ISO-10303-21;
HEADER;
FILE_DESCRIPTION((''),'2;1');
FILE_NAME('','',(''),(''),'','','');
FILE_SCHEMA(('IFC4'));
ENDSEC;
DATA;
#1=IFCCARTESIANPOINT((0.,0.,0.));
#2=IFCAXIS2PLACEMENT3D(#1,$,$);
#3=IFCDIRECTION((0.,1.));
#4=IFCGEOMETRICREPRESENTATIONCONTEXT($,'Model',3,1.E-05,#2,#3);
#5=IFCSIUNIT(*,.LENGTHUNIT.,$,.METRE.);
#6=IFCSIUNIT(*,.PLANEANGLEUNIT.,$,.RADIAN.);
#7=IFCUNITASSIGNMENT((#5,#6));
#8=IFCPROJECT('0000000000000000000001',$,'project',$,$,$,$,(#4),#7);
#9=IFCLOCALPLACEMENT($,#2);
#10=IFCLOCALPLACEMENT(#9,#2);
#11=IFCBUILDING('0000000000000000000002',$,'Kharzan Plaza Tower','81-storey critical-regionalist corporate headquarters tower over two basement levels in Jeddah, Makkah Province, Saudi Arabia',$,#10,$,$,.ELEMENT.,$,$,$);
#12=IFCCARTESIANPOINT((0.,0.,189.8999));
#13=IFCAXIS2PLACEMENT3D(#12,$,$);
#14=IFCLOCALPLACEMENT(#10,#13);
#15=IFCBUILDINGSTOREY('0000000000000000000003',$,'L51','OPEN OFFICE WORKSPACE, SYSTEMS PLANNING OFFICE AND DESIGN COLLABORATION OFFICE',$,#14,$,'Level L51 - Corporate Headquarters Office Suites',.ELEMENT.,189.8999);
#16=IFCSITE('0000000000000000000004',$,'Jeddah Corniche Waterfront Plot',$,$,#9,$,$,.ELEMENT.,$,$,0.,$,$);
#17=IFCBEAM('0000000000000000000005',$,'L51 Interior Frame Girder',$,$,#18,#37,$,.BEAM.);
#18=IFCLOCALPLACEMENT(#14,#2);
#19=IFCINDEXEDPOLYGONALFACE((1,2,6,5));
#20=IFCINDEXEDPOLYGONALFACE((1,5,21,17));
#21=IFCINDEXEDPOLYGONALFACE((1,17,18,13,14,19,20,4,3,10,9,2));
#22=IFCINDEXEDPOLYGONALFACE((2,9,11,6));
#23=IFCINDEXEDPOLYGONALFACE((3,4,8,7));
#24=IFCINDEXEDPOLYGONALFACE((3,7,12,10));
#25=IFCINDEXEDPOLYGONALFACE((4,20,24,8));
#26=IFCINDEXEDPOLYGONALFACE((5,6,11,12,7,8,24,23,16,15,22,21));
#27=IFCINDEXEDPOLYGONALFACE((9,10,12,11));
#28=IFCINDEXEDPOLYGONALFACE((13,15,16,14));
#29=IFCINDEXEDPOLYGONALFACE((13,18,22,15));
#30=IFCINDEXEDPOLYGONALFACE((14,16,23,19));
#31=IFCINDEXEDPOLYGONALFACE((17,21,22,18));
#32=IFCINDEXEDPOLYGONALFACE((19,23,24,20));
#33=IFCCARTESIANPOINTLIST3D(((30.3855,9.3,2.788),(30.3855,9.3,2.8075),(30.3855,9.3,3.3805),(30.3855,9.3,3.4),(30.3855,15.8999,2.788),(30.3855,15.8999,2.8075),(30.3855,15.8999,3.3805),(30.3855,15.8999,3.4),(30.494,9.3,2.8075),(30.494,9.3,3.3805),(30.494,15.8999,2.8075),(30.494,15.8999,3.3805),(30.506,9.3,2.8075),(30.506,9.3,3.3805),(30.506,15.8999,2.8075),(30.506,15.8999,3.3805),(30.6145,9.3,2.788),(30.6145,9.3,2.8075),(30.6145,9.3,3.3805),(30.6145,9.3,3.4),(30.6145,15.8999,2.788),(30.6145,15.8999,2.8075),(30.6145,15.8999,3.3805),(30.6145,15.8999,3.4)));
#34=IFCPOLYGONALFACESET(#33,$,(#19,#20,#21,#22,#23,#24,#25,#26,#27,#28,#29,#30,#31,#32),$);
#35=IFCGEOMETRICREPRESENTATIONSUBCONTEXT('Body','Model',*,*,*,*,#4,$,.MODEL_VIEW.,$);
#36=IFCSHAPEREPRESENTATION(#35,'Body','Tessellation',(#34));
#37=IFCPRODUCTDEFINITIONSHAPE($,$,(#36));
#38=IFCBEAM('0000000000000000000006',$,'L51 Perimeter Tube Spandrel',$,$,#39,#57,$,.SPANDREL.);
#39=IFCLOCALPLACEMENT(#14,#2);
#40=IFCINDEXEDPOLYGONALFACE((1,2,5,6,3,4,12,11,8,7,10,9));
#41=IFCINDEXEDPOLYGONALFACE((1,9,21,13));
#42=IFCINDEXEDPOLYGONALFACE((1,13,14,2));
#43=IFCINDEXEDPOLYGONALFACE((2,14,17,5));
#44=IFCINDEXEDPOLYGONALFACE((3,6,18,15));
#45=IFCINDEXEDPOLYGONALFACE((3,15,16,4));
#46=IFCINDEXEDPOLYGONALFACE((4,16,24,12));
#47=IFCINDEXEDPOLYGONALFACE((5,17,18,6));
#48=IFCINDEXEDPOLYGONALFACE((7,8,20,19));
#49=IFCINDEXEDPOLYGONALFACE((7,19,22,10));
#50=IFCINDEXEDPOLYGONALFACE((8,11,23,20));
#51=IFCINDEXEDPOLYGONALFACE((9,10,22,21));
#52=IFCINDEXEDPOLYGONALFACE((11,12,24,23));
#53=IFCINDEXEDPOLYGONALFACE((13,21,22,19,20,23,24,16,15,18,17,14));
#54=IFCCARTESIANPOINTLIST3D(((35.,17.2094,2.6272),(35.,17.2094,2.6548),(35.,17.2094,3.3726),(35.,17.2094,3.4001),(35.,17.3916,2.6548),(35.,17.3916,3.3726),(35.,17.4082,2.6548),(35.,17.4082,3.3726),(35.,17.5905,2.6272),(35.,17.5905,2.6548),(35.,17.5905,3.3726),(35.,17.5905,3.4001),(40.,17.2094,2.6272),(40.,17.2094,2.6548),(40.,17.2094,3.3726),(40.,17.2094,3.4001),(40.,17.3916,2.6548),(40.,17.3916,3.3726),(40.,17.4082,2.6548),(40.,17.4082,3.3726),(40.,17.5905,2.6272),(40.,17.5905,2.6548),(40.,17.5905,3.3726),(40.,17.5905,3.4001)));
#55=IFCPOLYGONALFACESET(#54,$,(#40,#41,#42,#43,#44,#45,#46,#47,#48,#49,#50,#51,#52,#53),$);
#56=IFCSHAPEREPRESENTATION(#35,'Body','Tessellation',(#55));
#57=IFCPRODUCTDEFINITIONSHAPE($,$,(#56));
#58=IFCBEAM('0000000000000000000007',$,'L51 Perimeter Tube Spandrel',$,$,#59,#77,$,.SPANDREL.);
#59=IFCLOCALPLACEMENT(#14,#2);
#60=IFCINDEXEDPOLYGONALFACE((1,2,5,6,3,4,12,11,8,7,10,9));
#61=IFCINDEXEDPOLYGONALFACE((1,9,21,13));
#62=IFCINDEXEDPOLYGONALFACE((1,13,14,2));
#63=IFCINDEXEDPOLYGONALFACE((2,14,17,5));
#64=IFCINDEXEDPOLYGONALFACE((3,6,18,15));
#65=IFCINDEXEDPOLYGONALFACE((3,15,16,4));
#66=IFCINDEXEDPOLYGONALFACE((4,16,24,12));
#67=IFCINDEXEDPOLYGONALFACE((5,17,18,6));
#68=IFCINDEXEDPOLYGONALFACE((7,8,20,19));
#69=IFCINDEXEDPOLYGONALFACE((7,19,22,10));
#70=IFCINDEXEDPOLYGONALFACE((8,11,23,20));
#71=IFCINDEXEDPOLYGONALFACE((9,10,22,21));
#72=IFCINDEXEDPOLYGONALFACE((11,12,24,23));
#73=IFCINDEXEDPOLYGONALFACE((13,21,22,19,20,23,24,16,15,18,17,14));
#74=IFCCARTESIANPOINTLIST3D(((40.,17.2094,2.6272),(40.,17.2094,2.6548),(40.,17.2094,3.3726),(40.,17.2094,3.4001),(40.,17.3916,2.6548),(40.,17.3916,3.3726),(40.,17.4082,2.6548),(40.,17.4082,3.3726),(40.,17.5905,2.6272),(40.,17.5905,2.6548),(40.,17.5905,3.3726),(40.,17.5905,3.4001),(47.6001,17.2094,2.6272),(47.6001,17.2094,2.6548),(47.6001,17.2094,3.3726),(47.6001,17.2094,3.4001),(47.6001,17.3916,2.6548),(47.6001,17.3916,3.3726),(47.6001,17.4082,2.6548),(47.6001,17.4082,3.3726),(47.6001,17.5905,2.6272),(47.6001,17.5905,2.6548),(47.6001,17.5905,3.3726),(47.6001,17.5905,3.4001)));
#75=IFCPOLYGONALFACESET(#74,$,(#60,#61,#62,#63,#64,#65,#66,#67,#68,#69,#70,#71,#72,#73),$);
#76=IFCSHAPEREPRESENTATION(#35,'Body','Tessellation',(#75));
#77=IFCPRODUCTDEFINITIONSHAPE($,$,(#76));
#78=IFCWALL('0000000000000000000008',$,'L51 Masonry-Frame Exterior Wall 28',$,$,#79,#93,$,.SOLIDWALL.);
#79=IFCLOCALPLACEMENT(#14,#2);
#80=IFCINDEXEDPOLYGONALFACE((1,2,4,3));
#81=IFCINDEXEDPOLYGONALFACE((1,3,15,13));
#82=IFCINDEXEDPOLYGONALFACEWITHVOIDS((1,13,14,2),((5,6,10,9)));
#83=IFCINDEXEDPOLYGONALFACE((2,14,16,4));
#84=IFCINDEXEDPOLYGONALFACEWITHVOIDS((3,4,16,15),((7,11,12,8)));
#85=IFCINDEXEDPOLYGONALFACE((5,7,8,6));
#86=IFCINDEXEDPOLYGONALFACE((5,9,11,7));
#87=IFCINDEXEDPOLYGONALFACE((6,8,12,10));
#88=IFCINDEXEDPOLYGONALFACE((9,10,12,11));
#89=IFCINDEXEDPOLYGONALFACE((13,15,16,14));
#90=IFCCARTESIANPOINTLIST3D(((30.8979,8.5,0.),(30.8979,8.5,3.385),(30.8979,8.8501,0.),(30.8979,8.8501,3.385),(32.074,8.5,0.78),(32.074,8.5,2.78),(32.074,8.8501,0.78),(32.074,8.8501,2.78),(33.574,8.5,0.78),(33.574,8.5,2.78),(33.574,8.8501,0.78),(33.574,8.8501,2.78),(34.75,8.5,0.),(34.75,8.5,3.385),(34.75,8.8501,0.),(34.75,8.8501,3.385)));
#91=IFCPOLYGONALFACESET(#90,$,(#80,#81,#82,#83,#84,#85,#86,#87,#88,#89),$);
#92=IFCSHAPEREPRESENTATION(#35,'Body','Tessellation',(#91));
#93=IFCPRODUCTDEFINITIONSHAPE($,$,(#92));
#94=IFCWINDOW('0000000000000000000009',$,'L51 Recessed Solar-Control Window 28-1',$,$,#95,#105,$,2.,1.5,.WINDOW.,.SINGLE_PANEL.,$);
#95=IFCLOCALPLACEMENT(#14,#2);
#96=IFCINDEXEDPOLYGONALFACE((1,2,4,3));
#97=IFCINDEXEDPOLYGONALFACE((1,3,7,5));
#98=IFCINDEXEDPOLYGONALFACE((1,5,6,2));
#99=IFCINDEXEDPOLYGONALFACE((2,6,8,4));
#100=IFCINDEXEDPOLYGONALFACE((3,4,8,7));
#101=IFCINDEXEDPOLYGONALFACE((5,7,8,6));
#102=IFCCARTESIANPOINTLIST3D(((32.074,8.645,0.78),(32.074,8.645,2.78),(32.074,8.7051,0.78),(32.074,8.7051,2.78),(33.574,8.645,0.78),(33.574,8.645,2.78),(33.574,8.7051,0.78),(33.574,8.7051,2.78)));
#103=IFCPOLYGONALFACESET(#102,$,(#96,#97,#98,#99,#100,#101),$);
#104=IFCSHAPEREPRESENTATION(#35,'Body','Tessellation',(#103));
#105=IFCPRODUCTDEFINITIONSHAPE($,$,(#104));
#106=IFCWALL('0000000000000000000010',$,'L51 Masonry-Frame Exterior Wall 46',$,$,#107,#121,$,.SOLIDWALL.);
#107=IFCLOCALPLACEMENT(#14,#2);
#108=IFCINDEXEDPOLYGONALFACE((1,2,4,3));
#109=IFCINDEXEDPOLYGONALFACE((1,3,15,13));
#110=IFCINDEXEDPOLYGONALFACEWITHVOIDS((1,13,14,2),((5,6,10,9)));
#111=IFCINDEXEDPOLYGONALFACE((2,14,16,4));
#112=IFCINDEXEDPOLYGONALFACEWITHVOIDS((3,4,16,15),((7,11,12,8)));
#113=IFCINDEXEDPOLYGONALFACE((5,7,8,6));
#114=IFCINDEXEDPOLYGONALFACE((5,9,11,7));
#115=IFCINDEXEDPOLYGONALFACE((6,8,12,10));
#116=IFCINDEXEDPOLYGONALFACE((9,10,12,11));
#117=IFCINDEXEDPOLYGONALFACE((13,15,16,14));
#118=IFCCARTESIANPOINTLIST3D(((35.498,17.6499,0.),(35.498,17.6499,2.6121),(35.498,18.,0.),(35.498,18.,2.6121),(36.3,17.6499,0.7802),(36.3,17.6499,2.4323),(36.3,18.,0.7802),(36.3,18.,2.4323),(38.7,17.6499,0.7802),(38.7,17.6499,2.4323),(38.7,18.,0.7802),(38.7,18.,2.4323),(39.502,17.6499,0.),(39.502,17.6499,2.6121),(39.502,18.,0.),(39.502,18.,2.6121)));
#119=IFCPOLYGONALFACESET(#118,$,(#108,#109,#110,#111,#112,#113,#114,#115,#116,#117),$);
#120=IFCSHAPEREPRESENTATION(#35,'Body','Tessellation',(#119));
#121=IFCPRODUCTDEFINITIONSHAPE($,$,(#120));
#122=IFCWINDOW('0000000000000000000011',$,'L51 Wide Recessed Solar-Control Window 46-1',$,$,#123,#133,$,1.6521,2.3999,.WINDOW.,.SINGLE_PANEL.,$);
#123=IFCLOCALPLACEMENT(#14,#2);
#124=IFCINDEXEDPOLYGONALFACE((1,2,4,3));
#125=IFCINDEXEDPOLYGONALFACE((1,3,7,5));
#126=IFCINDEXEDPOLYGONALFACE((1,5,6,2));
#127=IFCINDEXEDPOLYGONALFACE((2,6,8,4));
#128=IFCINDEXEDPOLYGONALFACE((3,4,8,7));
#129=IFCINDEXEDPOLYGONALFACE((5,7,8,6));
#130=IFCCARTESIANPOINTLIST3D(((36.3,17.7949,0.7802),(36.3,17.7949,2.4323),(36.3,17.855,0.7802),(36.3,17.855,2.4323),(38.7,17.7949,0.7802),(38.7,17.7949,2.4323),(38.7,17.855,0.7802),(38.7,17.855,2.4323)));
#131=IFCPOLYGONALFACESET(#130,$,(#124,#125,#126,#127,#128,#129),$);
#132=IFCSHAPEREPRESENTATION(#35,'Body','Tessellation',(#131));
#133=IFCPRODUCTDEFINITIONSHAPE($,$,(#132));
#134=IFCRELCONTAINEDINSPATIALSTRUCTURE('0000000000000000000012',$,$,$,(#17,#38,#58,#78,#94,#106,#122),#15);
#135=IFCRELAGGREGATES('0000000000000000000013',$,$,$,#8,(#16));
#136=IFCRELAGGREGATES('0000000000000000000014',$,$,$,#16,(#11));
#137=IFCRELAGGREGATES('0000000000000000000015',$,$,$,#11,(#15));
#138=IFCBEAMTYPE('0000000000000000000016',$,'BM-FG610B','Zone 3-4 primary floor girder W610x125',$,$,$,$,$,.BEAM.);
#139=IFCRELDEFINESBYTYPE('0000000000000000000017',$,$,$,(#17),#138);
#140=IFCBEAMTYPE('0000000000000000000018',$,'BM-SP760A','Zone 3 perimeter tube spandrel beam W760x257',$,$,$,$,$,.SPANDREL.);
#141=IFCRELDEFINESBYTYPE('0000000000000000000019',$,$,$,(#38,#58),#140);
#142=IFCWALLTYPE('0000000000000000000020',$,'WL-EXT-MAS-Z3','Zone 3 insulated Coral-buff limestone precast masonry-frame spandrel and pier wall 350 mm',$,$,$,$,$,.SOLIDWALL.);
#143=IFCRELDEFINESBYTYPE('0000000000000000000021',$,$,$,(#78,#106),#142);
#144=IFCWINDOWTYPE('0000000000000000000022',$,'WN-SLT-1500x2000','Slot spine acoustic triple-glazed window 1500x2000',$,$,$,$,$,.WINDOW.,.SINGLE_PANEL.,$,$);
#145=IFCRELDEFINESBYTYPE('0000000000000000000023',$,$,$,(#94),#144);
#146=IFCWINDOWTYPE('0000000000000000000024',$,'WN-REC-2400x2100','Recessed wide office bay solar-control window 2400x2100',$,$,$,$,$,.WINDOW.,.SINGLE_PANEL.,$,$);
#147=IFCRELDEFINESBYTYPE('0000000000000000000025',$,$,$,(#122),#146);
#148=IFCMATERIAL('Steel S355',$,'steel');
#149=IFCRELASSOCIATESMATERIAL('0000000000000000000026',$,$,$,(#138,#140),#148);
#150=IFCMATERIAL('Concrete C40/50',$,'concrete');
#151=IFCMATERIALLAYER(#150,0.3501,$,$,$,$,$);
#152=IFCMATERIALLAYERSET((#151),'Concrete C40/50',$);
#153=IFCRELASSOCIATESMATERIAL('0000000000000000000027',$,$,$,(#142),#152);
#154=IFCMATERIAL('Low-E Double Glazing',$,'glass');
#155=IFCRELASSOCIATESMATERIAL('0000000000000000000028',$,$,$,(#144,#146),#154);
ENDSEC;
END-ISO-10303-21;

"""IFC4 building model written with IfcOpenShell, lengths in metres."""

from ifc_helpers import new_model, si_unit, direction, frame, frame_2d, origin, origin_2d, place, context, subcontext, project, spatial, rectangle, i_section, extrude, source, transform, mapped, material, layer, layer_set, material_profile, profile_set, type_object, element, fill, save


model = new_model("IFC4")

# Units and contexts
model_context = context("Model", 3, precision=1e-05, world=origin(), true_north=direction((0.0, 1.0)))
body_context = subcontext(model_context, "Body", "Model", "MODEL_VIEW")
ifc_project = project(units=[si_unit("LENGTHUNIT", "METRE"), si_unit("PLANEANGLEUNIT", "RADIAN")], contexts=[model_context])

# Site, building, storey
site_placement = place(None, origin())
site = spatial("IfcSite", under=ifc_project, at=site_placement, Name="Jeddah Corniche Waterfront Plot", CompositionType="ELEMENT", RefElevation=0.0)
building_placement = place(site_placement, origin())
building = spatial("IfcBuilding", under=site, at=building_placement, Name="Kharzan Plaza Tower", Description="81-storey critical-regionalist corporate headquarters tower over two basement levels in Jeddah, Makkah Province, Saudi Arabia", CompositionType="ELEMENT")
storey_placement = place(building_placement, frame((0.0, 0.0, 189.8999)))
storey = spatial("IfcBuildingStorey", under=building, at=storey_placement, Name="L51", Description="OPEN OFFICE WORKSPACE, SYSTEMS PLANNING OFFICE AND DESIGN COLLABORATION OFFICE", LongName="Level L51 - Corporate Headquarters Office Suites", CompositionType="ELEMENT", Elevation=189.8999)

# Beams
ifc_material_1 = material(Name="Steel S355", Category="steel")
ifc_material_profile_1 = material_profile(ifc_material_1, i_section(OverallWidth=0.229, OverallDepth=0.6121, WebThickness=0.012, FlangeThickness=0.0195, at=origin_2d()), Name="W610x125")
ifc_profile_set_1 = profile_set([ifc_material_profile_1], Name="Steel S355")
beam_type_1 = type_object("IfcBeamType", Name="BM-FG610B", Description="Zone 3-4 primary floor girder W610x125", PredefinedType="BEAM", material=ifc_profile_set_1)
shared_shape_1 = source(origin(), body_context, "Body", "SweptSolid", [
    extrude(i_section(OverallWidth=0.229, OverallDepth=0.6121, WebThickness=0.012, FlangeThickness=0.0195, at=origin_2d()), origin(), (0.0, 0.0, 1.0), 6.5999),
])
beam_1_placement = place(storey_placement, frame((30.5, 9.3, 3.094), z_axis=(0.0, 1.0, 0.0), x_axis=(-1.0, 0.0, 0.0)))
element("IfcBeam", 1, at=beam_1_placement, inside=storey, type_object=beam_type_1, Name="L51 Interior Frame Girder", PredefinedType="BEAM", context=body_context, shape_type="MappedRepresentation", body=[
    mapped(shared_shape_1, transform((0.0, 0.0, 0.0), x_axis=(1.0, 0.0, 0.0), y_axis=(0.0, 1.0, 0.0), z_axis=(0.0, 0.0, 1.0))),
])
ifc_material_profile_2 = material_profile(ifc_material_1, i_section(OverallWidth=0.3811, OverallDepth=0.7729, WebThickness=0.0166, FlangeThickness=0.0276, at=origin_2d()), Name="W760x257")
ifc_profile_set_2 = profile_set([ifc_material_profile_2], Name="Steel S355")
beam_type_2 = type_object("IfcBeamType", Name="BM-SP760A", Description="Zone 3 perimeter tube spandrel beam W760x257", PredefinedType="SPANDREL", material=ifc_profile_set_2)
shared_shape_2 = source(origin(), body_context, "Body", "SweptSolid", [
    extrude(i_section(OverallWidth=0.3811, OverallDepth=0.7729, WebThickness=0.0166, FlangeThickness=0.0276, at=origin_2d()), origin(), (0.0, 0.0, 1.0), 5.0),
])
beam_2_placement = place(storey_placement, frame((35.0, 17.3999, 3.0137), z_axis=(1.0, 0.0, 0.0), x_axis=(0.0, 1.0, 0.0)))
element("IfcBeam", 2, at=beam_2_placement, inside=storey, type_object=beam_type_2, Name="L51 Perimeter Tube Spandrel", PredefinedType="SPANDREL", context=body_context, shape_type="MappedRepresentation", body=[
    mapped(shared_shape_2, transform((0.0, 0.0, 0.0), x_axis=(1.0, 0.0, 0.0), y_axis=(0.0, 1.0, 0.0), z_axis=(0.0, 0.0, 1.0))),
])
shared_shape_3 = source(origin(), body_context, "Body", "SweptSolid", [
    extrude(i_section(OverallWidth=0.3811, OverallDepth=0.7729, WebThickness=0.0166, FlangeThickness=0.0276, at=origin_2d()), origin(), (0.0, 0.0, 1.0), 7.6001),
])
beam_3_placement = place(storey_placement, frame((40.0, 17.3999, 3.0137), z_axis=(1.0, 0.0, 0.0), x_axis=(0.0, 1.0, 0.0)))
element("IfcBeam", 3, at=beam_3_placement, inside=storey, type_object=beam_type_2, Name="L51 Perimeter Tube Spandrel", PredefinedType="SPANDREL", context=body_context, shape_type="MappedRepresentation", body=[
    mapped(shared_shape_3, transform((0.0, 0.0, 0.0), x_axis=(1.0, 0.0, 0.0), y_axis=(0.0, 1.0, 0.0), z_axis=(0.0, 0.0, 1.0))),
])

# Walls, openings, windows
ifc_material_2 = material(Name="Concrete C40/50", Category="concrete")
ifc_layer_1 = layer(ifc_material_2, 0.3501)
ifc_layer_set_1 = layer_set([ifc_layer_1], Name="Concrete C40/50")
wall_type_1 = type_object("IfcWallType", Name="WL-EXT-MAS-Z3", Description="Zone 3 insulated Coral-buff limestone precast masonry-frame spandrel and pier wall 350 mm", PredefinedType="SOLIDWALL", material=ifc_layer_set_1)
wall_1_placement = place(storey_placement, frame((30.8979, 8.675, 0.0), z_axis=(0.0, 0.0, 1.0), x_axis=(1.0, 0.0, 0.0)))
wall_1 = element("IfcWall", 4, at=wall_1_placement, inside=storey, type_object=wall_type_1, Name="L51 Masonry-Frame Exterior Wall 28", PredefinedType="SOLIDWALL", context=body_context, shape_type="SweptSolid", body=[
    extrude(rectangle(XDim=3.8521, YDim=0.3501, at=frame_2d((1.926, 0.0))), origin(), (0.0, 0.0, 1.0), 3.385),
])
opening_1_placement = place(wall_1_placement, frame((1.176, 0.0, 0.78)))
opening_1 = element("IfcOpeningElement", 5, at=opening_1_placement, cuts=wall_1, PredefinedType="OPENING", context=body_context, shape_type="SweptSolid", body=[
    extrude(rectangle(XDim=1.5, YDim=2.0, at=frame_2d((0.75, 1.0))), frame((0.0, 0.1851, 0.0), z_axis=(0.0, -1.0, 0.0), x_axis=(1.0, 0.0, 0.0)), (0.0, 0.0, 1.0), 0.3701),
])
ifc_material_3 = material(Name="Low-E Double Glazing", Category="glass")
window_type_1 = type_object("IfcWindowType", Name="WN-SLT-1500x2000", Description="Slot spine acoustic triple-glazed window 1500x2000", PartitioningType="SINGLE_PANEL", PredefinedType="WINDOW", material=ifc_material_3)
shared_shape_4 = source(origin(), body_context, "Body", "SweptSolid", [
    extrude(rectangle(XDim=1.5, YDim=2.0, at=frame_2d((0.75, 1.0))), frame((0.0, 0.03, 0.0), z_axis=(0.0, -1.0, 0.0), x_axis=(1.0, 0.0, 0.0)), (0.0, 0.0, 1.0), 0.0601),
])
window_1_placement = place(opening_1_placement, origin())
window_1 = element("IfcWindow", 6, at=window_1_placement, inside=storey, type_object=window_type_1, Name="L51 Recessed Solar-Control Window 28-1", OverallHeight=2.0, OverallWidth=1.5, PartitioningType="SINGLE_PANEL", PredefinedType="WINDOW", context=body_context, shape_type="MappedRepresentation", body=[
    mapped(shared_shape_4, transform((0.0, 0.0, 0.0), x_axis=(1.0, 0.0, 0.0), y_axis=(0.0, 1.0, 0.0), z_axis=(0.0, 0.0, 1.0))),
])
fill(opening_1, window_1)
wall_2_placement = place(storey_placement, frame((39.502, 17.825, 0.0), z_axis=(0.0, 0.0, 1.0), x_axis=(-1.0, 0.0, 0.0)))
wall_2 = element("IfcWall", 7, at=wall_2_placement, inside=storey, type_object=wall_type_1, Name="L51 Masonry-Frame Exterior Wall 46", PredefinedType="SOLIDWALL", context=body_context, shape_type="SweptSolid", body=[
    extrude(rectangle(XDim=4.0039, YDim=0.3501, at=frame_2d((2.002, 0.0))), origin(), (0.0, 0.0, 1.0), 2.6121),
])
opening_2_placement = place(wall_2_placement, frame((0.802, 0.0, 0.78)))
opening_2 = element("IfcOpeningElement", 8, at=opening_2_placement, cuts=wall_2, PredefinedType="OPENING", context=body_context, shape_type="SweptSolid", body=[
    extrude(rectangle(XDim=2.3999, YDim=1.6521, at=frame_2d((1.2, 0.8262))), frame((0.0, 0.1851, 0.0), z_axis=(0.0, -1.0, 0.0), x_axis=(1.0, 0.0, 0.0)), (0.0, 0.0, 1.0), 0.3701),
])
window_type_2 = type_object("IfcWindowType", Name="WN-REC-2400x2100", Description="Recessed wide office bay solar-control window 2400x2100", PartitioningType="SINGLE_PANEL", PredefinedType="WINDOW", material=ifc_material_3)
shared_shape_5 = source(origin(), body_context, "Body", "SweptSolid", [
    extrude(rectangle(XDim=2.3999, YDim=1.6521, at=frame_2d((1.2, 0.8262))), frame((0.0, 0.03, 0.0), z_axis=(0.0, -1.0, 0.0), x_axis=(1.0, 0.0, 0.0)), (0.0, 0.0, 1.0), 0.0601),
])
window_2_placement = place(opening_2_placement, origin())
window_2 = element("IfcWindow", 9, at=window_2_placement, inside=storey, type_object=window_type_2, Name="L51 Wide Recessed Solar-Control Window 46-1", OverallHeight=1.6521, OverallWidth=2.3999, PartitioningType="SINGLE_PANEL", PredefinedType="WINDOW", context=body_context, shape_type="MappedRepresentation", body=[
    mapped(shared_shape_5, transform((0.0, 0.0, 0.0), x_axis=(1.0, 0.0, 0.0), y_axis=(0.0, 1.0, 0.0), z_axis=(0.0, 0.0, 1.0))),
])
fill(opening_2, window_2)

save(model, "model.ifc")
